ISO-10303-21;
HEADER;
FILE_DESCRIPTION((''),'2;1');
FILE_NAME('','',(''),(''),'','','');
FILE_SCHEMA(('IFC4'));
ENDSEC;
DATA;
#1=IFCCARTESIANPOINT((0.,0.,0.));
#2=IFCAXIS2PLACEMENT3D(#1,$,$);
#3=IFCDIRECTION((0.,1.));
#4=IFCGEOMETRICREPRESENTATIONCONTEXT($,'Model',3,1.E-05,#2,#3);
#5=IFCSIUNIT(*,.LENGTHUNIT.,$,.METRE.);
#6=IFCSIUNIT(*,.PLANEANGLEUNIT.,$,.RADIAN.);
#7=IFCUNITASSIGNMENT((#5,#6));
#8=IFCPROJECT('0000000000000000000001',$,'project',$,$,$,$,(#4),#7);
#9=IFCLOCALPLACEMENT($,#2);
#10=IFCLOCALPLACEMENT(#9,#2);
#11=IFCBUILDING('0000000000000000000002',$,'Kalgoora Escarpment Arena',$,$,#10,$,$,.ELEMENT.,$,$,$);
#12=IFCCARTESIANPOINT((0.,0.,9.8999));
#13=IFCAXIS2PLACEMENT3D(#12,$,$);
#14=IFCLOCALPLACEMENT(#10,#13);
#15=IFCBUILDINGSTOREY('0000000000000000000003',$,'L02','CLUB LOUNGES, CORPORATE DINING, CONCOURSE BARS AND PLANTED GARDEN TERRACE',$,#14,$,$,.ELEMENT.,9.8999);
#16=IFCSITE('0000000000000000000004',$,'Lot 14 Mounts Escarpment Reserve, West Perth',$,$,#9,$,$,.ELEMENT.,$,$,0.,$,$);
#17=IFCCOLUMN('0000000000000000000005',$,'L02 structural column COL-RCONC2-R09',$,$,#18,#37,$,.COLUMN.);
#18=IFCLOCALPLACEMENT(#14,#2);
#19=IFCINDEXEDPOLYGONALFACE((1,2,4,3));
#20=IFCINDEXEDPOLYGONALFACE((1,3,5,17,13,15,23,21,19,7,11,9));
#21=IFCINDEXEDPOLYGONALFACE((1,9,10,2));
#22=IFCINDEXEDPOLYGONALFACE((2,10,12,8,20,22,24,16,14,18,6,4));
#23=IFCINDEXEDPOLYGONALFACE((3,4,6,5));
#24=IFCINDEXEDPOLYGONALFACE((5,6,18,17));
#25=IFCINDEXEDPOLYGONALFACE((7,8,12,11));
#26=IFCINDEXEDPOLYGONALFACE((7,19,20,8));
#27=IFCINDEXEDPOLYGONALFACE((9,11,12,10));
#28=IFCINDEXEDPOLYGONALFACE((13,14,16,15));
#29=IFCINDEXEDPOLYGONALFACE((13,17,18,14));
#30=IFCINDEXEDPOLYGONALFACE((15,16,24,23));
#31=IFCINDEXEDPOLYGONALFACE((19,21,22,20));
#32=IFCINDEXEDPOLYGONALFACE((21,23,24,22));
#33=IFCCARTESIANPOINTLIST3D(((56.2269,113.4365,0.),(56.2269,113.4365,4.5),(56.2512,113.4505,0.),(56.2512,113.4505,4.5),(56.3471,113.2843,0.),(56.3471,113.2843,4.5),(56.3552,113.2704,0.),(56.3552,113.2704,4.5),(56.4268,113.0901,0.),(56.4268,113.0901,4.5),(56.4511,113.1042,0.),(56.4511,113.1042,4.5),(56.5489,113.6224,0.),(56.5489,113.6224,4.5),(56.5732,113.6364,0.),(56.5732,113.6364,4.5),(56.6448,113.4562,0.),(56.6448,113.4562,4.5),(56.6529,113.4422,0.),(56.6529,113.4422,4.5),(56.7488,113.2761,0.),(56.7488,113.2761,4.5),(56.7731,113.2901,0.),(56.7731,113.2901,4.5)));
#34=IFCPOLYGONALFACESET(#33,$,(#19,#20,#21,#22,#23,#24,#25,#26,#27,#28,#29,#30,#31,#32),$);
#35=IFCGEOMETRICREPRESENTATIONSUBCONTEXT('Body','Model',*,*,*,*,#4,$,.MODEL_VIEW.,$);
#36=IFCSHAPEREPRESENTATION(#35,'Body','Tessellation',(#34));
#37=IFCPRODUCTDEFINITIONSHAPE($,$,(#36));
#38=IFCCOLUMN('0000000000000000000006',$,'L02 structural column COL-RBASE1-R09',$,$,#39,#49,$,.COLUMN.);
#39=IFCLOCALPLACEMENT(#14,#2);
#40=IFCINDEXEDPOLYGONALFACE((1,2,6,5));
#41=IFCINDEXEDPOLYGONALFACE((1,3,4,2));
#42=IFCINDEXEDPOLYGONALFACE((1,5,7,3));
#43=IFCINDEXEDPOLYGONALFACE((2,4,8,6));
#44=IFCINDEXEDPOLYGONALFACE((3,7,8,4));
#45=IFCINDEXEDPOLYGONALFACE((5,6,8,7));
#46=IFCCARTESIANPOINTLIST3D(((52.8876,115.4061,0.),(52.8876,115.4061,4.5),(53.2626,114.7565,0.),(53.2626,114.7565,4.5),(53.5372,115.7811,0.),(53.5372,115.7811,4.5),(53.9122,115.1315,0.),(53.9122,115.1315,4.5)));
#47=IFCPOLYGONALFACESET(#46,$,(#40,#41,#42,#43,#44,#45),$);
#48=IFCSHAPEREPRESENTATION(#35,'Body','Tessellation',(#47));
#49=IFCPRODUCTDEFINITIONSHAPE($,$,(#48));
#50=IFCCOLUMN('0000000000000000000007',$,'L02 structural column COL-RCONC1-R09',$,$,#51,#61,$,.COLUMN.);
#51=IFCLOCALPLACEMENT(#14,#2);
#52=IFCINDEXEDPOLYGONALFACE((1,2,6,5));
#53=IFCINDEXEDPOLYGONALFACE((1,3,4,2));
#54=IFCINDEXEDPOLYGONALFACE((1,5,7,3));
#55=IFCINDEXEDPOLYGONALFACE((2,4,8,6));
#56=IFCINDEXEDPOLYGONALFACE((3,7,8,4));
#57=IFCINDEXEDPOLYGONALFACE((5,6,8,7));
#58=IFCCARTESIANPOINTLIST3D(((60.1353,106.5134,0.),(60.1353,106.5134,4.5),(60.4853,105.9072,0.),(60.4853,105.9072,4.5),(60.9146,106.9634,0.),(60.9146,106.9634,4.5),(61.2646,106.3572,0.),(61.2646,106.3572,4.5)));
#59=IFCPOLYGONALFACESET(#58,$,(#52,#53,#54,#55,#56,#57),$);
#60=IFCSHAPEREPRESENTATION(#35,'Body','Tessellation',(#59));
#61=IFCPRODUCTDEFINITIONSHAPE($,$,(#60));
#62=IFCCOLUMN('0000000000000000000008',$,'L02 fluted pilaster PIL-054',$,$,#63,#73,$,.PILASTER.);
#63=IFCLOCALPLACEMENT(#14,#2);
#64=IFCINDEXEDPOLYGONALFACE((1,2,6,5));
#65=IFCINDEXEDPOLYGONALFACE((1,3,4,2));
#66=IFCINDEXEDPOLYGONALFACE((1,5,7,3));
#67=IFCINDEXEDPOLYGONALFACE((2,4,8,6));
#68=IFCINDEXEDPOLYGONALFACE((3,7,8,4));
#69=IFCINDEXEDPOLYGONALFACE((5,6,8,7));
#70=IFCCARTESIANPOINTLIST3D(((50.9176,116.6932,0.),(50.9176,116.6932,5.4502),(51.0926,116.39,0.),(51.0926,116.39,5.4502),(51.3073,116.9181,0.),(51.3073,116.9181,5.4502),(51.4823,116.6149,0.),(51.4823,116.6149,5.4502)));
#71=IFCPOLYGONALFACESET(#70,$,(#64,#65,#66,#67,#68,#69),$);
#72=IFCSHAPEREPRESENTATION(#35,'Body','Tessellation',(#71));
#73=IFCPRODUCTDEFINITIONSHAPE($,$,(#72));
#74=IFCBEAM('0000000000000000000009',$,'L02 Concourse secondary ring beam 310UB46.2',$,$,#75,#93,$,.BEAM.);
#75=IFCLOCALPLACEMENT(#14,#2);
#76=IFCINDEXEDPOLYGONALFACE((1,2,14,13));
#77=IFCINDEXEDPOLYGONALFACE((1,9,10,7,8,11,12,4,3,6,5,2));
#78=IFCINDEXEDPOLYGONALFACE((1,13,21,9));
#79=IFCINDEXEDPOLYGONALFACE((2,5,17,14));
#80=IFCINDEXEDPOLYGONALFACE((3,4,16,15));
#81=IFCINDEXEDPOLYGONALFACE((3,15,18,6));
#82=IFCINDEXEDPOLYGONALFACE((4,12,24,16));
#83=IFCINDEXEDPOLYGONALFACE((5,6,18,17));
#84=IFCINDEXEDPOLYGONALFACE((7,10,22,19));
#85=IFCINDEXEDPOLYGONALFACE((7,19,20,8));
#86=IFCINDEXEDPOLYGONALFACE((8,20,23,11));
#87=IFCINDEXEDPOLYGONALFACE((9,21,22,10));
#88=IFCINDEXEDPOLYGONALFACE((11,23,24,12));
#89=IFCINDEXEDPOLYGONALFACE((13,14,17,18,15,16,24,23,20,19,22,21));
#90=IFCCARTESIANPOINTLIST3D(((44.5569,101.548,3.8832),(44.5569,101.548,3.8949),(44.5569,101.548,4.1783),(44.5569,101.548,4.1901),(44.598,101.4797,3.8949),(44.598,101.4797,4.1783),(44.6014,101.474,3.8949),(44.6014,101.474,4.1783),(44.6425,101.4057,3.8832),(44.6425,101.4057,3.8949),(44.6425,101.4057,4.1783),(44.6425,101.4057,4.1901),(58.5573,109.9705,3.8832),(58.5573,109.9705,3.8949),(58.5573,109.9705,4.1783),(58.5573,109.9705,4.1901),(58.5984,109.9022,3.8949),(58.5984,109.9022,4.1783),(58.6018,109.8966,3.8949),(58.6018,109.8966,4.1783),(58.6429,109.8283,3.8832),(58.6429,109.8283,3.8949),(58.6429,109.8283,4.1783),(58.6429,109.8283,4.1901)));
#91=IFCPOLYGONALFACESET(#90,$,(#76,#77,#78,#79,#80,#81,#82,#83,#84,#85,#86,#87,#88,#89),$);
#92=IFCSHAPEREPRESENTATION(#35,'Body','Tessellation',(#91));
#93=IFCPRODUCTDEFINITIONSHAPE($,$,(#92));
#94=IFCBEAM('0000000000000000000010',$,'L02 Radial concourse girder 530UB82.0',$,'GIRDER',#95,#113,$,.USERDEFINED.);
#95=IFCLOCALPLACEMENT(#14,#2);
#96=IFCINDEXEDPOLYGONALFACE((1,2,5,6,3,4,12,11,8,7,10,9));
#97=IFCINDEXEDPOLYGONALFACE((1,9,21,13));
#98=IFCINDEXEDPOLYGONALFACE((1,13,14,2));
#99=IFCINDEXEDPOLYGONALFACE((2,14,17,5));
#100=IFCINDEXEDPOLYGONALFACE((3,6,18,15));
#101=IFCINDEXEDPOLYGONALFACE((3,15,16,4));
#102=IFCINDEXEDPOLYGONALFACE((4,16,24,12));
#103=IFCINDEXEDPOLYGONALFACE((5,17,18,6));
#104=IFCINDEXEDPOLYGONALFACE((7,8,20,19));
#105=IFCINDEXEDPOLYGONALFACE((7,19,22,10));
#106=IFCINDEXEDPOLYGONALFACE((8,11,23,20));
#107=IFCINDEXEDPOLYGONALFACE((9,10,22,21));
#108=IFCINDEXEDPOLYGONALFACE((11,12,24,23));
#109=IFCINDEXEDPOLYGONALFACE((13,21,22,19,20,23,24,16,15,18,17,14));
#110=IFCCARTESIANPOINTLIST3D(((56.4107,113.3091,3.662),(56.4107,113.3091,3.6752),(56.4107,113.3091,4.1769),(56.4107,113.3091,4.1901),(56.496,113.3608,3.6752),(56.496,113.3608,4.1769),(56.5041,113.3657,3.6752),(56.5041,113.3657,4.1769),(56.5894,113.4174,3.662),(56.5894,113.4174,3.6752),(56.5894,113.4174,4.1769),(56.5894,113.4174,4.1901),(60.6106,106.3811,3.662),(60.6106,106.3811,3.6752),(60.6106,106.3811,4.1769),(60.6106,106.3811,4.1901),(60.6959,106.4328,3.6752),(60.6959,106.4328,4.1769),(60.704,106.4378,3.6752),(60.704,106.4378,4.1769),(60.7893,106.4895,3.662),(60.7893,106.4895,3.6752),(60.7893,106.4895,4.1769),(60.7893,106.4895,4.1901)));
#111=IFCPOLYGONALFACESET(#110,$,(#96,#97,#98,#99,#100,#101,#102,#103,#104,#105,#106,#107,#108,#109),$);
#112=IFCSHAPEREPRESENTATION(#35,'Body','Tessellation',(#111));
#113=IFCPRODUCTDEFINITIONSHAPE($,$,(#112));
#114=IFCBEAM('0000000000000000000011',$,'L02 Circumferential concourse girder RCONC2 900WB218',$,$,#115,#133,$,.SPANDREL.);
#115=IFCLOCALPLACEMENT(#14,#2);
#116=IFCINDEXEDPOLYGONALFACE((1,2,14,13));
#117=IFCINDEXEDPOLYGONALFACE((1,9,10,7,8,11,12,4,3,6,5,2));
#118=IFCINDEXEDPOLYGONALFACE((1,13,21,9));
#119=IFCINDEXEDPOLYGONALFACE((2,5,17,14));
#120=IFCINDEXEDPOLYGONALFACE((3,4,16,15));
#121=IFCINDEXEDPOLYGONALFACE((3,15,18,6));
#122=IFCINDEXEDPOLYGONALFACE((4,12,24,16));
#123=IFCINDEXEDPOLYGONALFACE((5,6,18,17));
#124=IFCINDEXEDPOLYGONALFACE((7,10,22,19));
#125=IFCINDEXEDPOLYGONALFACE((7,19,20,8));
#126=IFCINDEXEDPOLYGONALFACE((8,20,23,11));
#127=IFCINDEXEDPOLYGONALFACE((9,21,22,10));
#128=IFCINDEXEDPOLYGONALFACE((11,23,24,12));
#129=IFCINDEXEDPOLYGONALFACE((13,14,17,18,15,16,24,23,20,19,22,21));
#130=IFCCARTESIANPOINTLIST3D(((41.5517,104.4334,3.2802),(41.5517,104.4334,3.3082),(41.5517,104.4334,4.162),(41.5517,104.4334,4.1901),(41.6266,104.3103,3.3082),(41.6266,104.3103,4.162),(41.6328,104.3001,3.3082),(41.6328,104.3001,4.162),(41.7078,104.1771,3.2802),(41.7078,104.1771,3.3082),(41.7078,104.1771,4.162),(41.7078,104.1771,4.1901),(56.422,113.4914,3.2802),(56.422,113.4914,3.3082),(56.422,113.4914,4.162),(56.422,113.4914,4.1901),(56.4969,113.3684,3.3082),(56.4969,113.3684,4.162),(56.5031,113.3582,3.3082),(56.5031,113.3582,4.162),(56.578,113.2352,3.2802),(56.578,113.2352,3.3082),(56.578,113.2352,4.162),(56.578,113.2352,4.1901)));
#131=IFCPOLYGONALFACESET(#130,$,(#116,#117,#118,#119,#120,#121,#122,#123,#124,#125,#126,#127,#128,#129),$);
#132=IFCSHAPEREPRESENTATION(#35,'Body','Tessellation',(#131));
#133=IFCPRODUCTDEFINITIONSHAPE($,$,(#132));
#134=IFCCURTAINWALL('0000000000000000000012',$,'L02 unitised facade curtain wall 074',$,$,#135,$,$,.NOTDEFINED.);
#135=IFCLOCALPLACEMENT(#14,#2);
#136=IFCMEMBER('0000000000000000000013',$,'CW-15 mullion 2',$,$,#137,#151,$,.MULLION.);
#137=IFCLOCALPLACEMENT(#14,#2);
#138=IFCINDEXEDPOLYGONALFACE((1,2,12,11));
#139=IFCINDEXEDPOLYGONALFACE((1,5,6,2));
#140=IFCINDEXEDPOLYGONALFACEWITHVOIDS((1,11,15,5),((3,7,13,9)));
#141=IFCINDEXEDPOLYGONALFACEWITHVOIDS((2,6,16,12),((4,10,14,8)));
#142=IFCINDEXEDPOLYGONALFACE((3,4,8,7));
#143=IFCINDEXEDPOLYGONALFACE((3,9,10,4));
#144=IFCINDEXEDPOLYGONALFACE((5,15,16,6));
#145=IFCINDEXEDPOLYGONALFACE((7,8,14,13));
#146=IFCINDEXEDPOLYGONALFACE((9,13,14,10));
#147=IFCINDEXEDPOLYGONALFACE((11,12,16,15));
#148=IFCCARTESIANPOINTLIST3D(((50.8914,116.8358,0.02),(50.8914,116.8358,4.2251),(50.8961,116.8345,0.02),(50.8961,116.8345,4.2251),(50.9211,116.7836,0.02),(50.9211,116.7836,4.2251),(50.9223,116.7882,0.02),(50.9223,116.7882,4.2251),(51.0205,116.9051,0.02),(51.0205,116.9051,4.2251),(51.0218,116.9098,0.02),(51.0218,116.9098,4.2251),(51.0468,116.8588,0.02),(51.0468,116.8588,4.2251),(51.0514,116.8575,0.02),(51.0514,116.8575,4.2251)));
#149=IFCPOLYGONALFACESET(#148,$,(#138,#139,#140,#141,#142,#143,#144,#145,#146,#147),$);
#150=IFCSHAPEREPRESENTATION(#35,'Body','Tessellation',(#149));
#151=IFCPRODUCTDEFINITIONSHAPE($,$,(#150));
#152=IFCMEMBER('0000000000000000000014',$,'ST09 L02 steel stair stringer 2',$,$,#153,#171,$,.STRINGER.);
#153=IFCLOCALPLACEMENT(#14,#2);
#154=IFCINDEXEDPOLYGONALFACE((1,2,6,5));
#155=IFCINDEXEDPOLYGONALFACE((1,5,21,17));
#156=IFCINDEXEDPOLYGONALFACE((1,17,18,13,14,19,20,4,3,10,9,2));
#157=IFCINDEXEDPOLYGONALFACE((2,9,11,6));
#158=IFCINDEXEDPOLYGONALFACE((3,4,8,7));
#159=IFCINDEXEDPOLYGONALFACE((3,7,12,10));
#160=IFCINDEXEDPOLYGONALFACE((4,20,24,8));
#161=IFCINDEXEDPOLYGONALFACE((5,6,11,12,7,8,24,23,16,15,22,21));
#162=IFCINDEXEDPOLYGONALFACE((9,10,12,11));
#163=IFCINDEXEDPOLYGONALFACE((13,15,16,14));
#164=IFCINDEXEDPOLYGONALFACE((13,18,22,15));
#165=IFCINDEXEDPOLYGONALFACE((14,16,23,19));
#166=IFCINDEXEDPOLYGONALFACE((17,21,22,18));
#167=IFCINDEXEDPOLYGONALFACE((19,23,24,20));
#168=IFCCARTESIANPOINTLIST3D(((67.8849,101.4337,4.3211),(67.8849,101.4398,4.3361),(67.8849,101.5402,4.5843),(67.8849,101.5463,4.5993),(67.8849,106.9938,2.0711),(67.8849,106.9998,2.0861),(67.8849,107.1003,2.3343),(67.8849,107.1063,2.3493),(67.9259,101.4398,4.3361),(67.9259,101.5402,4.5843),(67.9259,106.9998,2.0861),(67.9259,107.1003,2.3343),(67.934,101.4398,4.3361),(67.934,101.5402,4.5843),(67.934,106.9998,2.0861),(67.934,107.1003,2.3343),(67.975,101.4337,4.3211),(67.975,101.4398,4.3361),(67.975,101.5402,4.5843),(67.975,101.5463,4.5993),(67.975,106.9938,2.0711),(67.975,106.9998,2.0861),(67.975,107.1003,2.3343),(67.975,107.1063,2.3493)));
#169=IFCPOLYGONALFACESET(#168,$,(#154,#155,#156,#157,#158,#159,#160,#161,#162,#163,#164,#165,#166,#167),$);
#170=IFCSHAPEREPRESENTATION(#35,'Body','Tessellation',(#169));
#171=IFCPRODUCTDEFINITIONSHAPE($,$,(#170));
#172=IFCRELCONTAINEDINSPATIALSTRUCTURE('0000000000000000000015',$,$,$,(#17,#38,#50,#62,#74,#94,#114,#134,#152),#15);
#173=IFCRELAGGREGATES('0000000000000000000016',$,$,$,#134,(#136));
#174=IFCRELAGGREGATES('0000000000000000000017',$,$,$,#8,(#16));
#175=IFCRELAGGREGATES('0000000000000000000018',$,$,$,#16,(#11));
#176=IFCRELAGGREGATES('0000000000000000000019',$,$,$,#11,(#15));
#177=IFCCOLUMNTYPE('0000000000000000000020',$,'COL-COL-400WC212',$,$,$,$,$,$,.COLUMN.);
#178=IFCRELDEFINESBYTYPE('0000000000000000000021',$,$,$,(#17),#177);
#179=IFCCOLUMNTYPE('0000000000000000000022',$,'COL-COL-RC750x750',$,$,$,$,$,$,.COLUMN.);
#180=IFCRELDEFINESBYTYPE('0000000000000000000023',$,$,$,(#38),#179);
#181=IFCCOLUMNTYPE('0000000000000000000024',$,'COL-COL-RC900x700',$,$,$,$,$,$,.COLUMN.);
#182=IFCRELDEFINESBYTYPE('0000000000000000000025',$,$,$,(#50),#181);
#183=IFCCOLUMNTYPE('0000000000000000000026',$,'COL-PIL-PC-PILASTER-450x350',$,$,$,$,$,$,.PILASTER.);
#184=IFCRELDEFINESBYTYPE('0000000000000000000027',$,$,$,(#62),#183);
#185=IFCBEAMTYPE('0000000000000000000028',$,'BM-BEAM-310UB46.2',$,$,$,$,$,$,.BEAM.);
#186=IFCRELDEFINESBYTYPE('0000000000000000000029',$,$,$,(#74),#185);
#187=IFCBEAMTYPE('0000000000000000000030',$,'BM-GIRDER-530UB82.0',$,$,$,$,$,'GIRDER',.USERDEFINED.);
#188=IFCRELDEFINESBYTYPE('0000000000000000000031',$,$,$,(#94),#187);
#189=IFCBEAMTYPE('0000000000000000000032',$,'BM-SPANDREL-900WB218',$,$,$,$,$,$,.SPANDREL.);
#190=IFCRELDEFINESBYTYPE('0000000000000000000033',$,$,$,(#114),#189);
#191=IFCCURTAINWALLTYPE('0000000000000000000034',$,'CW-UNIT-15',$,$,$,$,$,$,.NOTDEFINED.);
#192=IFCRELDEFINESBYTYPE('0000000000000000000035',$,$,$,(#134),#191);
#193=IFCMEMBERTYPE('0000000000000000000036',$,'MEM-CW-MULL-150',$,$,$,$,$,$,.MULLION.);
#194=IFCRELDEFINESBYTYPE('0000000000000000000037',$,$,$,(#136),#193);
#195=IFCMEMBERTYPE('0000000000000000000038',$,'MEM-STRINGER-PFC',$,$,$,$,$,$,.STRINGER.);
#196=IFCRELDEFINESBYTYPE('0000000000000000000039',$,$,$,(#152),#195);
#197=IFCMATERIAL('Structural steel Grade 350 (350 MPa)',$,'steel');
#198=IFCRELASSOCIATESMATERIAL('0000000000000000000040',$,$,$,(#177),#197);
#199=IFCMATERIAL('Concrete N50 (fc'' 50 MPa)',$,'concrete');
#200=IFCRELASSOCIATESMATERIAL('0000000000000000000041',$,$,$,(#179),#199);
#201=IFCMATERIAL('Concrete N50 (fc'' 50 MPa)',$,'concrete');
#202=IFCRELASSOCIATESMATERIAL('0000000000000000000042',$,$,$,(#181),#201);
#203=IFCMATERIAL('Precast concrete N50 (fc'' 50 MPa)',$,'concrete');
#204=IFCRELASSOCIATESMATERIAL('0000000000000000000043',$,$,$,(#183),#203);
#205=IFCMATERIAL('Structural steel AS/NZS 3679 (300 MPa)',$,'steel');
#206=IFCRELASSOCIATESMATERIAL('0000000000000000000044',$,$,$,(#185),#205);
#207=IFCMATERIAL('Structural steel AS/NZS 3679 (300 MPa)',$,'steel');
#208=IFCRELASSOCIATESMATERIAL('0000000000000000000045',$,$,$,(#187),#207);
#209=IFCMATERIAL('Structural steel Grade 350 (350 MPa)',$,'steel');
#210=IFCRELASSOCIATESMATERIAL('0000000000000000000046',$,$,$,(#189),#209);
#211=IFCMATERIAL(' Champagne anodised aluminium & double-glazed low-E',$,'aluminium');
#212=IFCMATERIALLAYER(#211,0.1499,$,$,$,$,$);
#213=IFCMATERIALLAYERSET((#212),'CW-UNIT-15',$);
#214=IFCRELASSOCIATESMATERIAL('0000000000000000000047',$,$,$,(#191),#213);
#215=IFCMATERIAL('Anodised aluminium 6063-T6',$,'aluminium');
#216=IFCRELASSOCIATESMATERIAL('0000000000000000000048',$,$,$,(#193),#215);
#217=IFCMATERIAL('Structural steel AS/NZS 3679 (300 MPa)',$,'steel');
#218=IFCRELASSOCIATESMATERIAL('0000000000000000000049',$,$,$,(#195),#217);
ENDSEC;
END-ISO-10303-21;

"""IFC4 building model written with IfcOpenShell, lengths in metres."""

from ifc_helpers import new_model, si_unit, direction, frame, origin, origin_2d, place, context, subcontext, project, spatial, rectangle, hollow_rectangle, i_section, extrude, material, layer, layer_set, material_profile, profile_set, type_object, element, aggregate, save


model = new_model("IFC4")

# Units and contexts
model_context = context("Model", 3, precision=1e-05, world=origin(), true_north=direction((0.0, 1.0)))
body_context = subcontext(model_context, "Body", "Model", "MODEL_VIEW")
ifc_project = project(units=[si_unit("LENGTHUNIT", "METRE"), si_unit("PLANEANGLEUNIT", "RADIAN")], contexts=[model_context])

# Site, building, storey
site_placement = place(None, origin())
site = spatial("IfcSite", under=ifc_project, at=site_placement, Name="Lot 14 Mounts Escarpment Reserve, West Perth", CompositionType="ELEMENT", RefElevation=0.0)
building_placement = place(site_placement, origin())
building = spatial("IfcBuilding", under=site, at=building_placement, Name="Kalgoora Escarpment Arena", CompositionType="ELEMENT")
storey_placement = place(building_placement, frame((0.0, 0.0, 9.8999)))
storey = spatial("IfcBuildingStorey", under=building, at=storey_placement, Name="L02", Description="CLUB LOUNGES, CORPORATE DINING, CONCOURSE BARS AND PLANTED GARDEN TERRACE", CompositionType="ELEMENT", Elevation=9.8999)

# Columns
ifc_material_1 = material(Name="Structural steel Grade 350 (350 MPa)", Category="steel")
ifc_material_profile_1 = material_profile(ifc_material_1, i_section(OverallWidth=0.3999, OverallDepth=0.3999, WebThickness=0.0161, FlangeThickness=0.0281, at=origin_2d()))
ifc_profile_set_1 = profile_set([ifc_material_profile_1], Name="Structural steel Grade 350 (350 MPa)")
column_type_1 = type_object("IfcColumnType", Name="COL-COL-400WC212", PredefinedType="COLUMN", material=ifc_profile_set_1)
column_1_placement = place(storey_placement, frame((56.5, 113.3633, 0.0), z_axis=(0.0, 0.0, 1.0), x_axis=(-0.5, 0.866025, 0.0)))
element("IfcColumn", 1, at=column_1_placement, inside=storey, type_object=column_type_1, Name="L02 structural column COL-RCONC2-R09", PredefinedType="COLUMN", context=body_context, shape_type="SweptSolid", body=[
    extrude(i_section(OverallWidth=0.3999, OverallDepth=0.3999, WebThickness=0.0161, FlangeThickness=0.0281, at=origin_2d()), origin(), (0.0, 0.0, 1.0), 4.5),
])
ifc_material_2 = material(Name="Concrete N50 (fc' 50 MPa)", Category="concrete")
ifc_material_profile_2 = material_profile(ifc_material_2, rectangle(XDim=0.75, YDim=0.75, at=origin_2d()))
ifc_profile_set_2 = profile_set([ifc_material_profile_2], Name="Concrete N50 (fc' 50 MPa)")
column_type_2 = type_object("IfcColumnType", Name="COL-COL-RC750x750", PredefinedType="COLUMN", material=ifc_profile_set_2)
column_2_placement = place(storey_placement, frame((53.3999, 115.2688, 0.0), z_axis=(0.0, 0.0, 1.0), x_axis=(-0.5, 0.866025, 0.0)))
element("IfcColumn", 2, at=column_2_placement, inside=storey, type_object=column_type_2, Name="L02 structural column COL-RBASE1-R09", PredefinedType="COLUMN", context=body_context, shape_type="SweptSolid", body=[
    extrude(rectangle(XDim=0.75, YDim=0.75, at=origin_2d()), origin(), (0.0, 0.0, 1.0), 4.5),
])
ifc_material_3 = material(Name="Concrete N50 (fc' 50 MPa)", Category="concrete")
ifc_material_profile_3 = material_profile(ifc_material_3, rectangle(XDim=0.7, YDim=0.8999, at=origin_2d()))
ifc_profile_set_3 = profile_set([ifc_material_profile_3], Name="Concrete N50 (fc' 50 MPa)")
column_type_3 = type_object("IfcColumnType", Name="COL-COL-RC900x700", PredefinedType="COLUMN", material=ifc_profile_set_3)
column_3_placement = place(storey_placement, frame((60.7, 106.4353, 0.0), z_axis=(0.0, 0.0, 1.0), x_axis=(-0.5, 0.866025, 0.0)))
element("IfcColumn", 3, at=column_3_placement, inside=storey, type_object=column_type_3, Name="L02 structural column COL-RCONC1-R09", PredefinedType="COLUMN", context=body_context, shape_type="SweptSolid", body=[
    extrude(rectangle(XDim=0.7, YDim=0.8999, at=origin_2d()), origin(), (0.0, 0.0, 1.0), 4.5),
])
ifc_material_4 = material(Name="Precast concrete N50 (fc' 50 MPa)", Category="concrete")
ifc_material_profile_4 = material_profile(ifc_material_4, rectangle(XDim=0.3501, YDim=0.45, at=origin_2d()))
ifc_profile_set_4 = profile_set([ifc_material_profile_4], Name="Precast concrete N50 (fc' 50 MPa)")
column_type_4 = type_object("IfcColumnType", Name="COL-PIL-PC-PILASTER-450x350", PredefinedType="PILASTER", material=ifc_profile_set_4)
column_4_placement = place(storey_placement, frame((51.2, 116.6541, 0.0), z_axis=(0.0, 0.0, 1.0), x_axis=(-0.5, 0.866025, 0.0)))
element("IfcColumn", 4, at=column_4_placement, inside=storey, type_object=column_type_4, Name="L02 fluted pilaster PIL-054", PredefinedType="PILASTER", context=body_context, shape_type="SweptSolid", body=[
    extrude(rectangle(XDim=0.3501, YDim=0.45, at=origin_2d()), origin(), (0.0, 0.0, 1.0), 5.4502),
])

# Beams
ifc_material_5 = material(Name="Structural steel AS/NZS 3679 (300 MPa)", Category="steel")
ifc_material_profile_5 = material_profile(ifc_material_5, i_section(OverallWidth=0.166, OverallDepth=0.3069, WebThickness=0.0066, FlangeThickness=0.0117, at=origin_2d()))
ifc_profile_set_5 = profile_set([ifc_material_profile_5], Name="Structural steel AS/NZS 3679 (300 MPa)")
beam_type_1 = type_object("IfcBeamType", Name="BM-BEAM-310UB46.2", PredefinedType="BEAM", material=ifc_profile_set_5)
beam_1_placement = place(storey_placement, frame((58.6001, 109.8994, 4.0366), z_axis=(-0.85689, -0.5155, 0.0), x_axis=(0.5155, -0.85689, 0.0)))
element("IfcBeam", 5, at=beam_1_placement, inside=storey, type_object=beam_type_1, Name="L02 Concourse secondary ring beam 310UB46.2", PredefinedType="BEAM", context=body_context, shape_type="SweptSolid", body=[
    extrude(i_section(OverallWidth=0.166, OverallDepth=0.3069, WebThickness=0.0066, FlangeThickness=0.0117, at=origin_2d()), origin(), (0.0, 0.0, 1.0), 16.3386),
])
ifc_material_6 = material(Name="Structural steel AS/NZS 3679 (300 MPa)", Category="steel")
ifc_material_profile_6 = material_profile(ifc_material_6, i_section(OverallWidth=0.209, OverallDepth=0.5281, WebThickness=0.0095, FlangeThickness=0.0132, at=origin_2d()))
ifc_profile_set_6 = profile_set([ifc_material_profile_6], Name="Structural steel AS/NZS 3679 (300 MPa)")
beam_type_2 = type_object("IfcBeamType", Name="BM-GIRDER-530UB82.0", ElementType="GIRDER", PredefinedType="USERDEFINED", material=ifc_profile_set_6)
beam_2_placement = place(storey_placement, frame((60.7, 106.4353, 3.926), z_axis=(-0.518408, 0.855133, 0.0), x_axis=(-0.855133, -0.518408, 0.0)))
element("IfcBeam", 6, at=beam_2_placement, inside=storey, type_object=beam_type_2, Name="L02 Radial concourse girder 530UB82.0", ObjectType="GIRDER", PredefinedType="USERDEFINED", context=body_context, shape_type="SweptSolid", body=[
    extrude(i_section(OverallWidth=0.209, OverallDepth=0.5281, WebThickness=0.0095, FlangeThickness=0.0132, at=origin_2d()), origin(), (0.0, 0.0, 1.0), 8.1016),
])
ifc_material_7 = material(Name="Structural steel Grade 350 (350 MPa)", Category="steel")
ifc_material_profile_7 = material_profile(ifc_material_7, i_section(OverallWidth=0.3, OverallDepth=0.9099, WebThickness=0.012, FlangeThickness=0.0281, at=origin_2d()))
ifc_profile_set_7 = profile_set([ifc_material_profile_7], Name="Structural steel Grade 350 (350 MPa)")
beam_type_3 = type_object("IfcBeamType", Name="BM-SPANDREL-900WB218", PredefinedType="SPANDREL", material=ifc_profile_set_7)
beam_3_placement = place(storey_placement, frame((56.5, 113.3633, 3.7351), z_axis=(-0.854031, -0.520223, 0.0), x_axis=(0.520223, -0.854031, 0.0)))
element("IfcBeam", 7, at=beam_3_placement, inside=storey, type_object=beam_type_3, Name="L02 Circumferential concourse girder RCONC2 900WB218", PredefinedType="SPANDREL", context=body_context, shape_type="SweptSolid", body=[
    extrude(i_section(OverallWidth=0.3, OverallDepth=0.9099, WebThickness=0.012, FlangeThickness=0.0281, at=origin_2d()), origin(), (0.0, 0.0, 1.0), 17.4119),
])

# Curtain wall, member
ifc_material_8 = material(Name=" Champagne anodised aluminium & double-glazed low-E", Category="aluminium")
ifc_layer_1 = layer(ifc_material_8, 0.1499)
ifc_layer_set_1 = layer_set([ifc_layer_1], Name="CW-UNIT-15")
curtain_wall_type = type_object("IfcCurtainWallType", Name="CW-UNIT-15", PredefinedType="NOTDEFINED", material=ifc_layer_set_1)
curtain_wall_placement = place(storey_placement, origin())
curtain_wall = element("IfcCurtainWall", 8, at=curtain_wall_placement, inside=storey, type_object=curtain_wall_type, Name="L02 unitised facade curtain wall 074", PredefinedType="NOTDEFINED")
ifc_material_9 = material(Name="Anodised aluminium 6063-T6", Category="aluminium")
ifc_material_profile_8 = material_profile(ifc_material_9, hollow_rectangle(XDim=0.0601, YDim=0.1499, WallThickness=0.0034, at=origin_2d()))
ifc_profile_set_8 = profile_set([ifc_material_profile_8], Name="Anodised aluminium 6063-T6")
member_type_1 = type_object("IfcMemberType", Name="MEM-CW-MULL-150", PredefinedType="MULLION", material=ifc_profile_set_8)
member_1_placement = place(storey_placement, frame((50.9714, 116.8467, 0.02), z_axis=(0.0, 0.0, 1.0), x_axis=(-0.493344, 0.869834, 0.0)))
member_1 = element("IfcMember", 9, at=member_1_placement, type_object=member_type_1, Name="CW-15 mullion 2", PredefinedType="MULLION", context=body_context, shape_type="SweptSolid", body=[
    extrude(hollow_rectangle(XDim=0.0601, YDim=0.1499, WallThickness=0.0034, at=origin_2d()), origin(), (0.0, 0.0, 1.0), 4.2051),
])

# Member
ifc_material_10 = material(Name="Structural steel AS/NZS 3679 (300 MPa)", Category="steel")
ifc_material_profile_9 = material_profile(ifc_material_10, i_section(OverallWidth=0.0901, OverallDepth=0.3, WebThickness=0.0081, FlangeThickness=0.0161, at=origin_2d()))
ifc_profile_set_9 = profile_set([ifc_material_profile_9], Name="Structural steel AS/NZS 3679 (300 MPa)")
member_type_2 = type_object("IfcMemberType", Name="MEM-STRINGER-PFC", PredefinedType="STRINGER", material=ifc_profile_set_9)
member_2_placement = place(storey_placement, frame((67.9299, 107.05, 2.2102), z_axis=(0.0, -0.926976, 0.375121), x_axis=(1.0, 0.0, 0.0)))
element("IfcMember", 10, at=member_2_placement, inside=storey, type_object=member_type_2, Name="ST09 L02 steel stair stringer 2", PredefinedType="STRINGER", context=body_context, shape_type="SweptSolid", body=[
    extrude(i_section(OverallWidth=0.0901, OverallDepth=0.3, WebThickness=0.0081, FlangeThickness=0.0161, at=origin_2d()), origin(), (0.0, 0.0, 1.0), 5.998),
])

aggregate(curtain_wall, [member_1])

save(model, "model.ifc")
